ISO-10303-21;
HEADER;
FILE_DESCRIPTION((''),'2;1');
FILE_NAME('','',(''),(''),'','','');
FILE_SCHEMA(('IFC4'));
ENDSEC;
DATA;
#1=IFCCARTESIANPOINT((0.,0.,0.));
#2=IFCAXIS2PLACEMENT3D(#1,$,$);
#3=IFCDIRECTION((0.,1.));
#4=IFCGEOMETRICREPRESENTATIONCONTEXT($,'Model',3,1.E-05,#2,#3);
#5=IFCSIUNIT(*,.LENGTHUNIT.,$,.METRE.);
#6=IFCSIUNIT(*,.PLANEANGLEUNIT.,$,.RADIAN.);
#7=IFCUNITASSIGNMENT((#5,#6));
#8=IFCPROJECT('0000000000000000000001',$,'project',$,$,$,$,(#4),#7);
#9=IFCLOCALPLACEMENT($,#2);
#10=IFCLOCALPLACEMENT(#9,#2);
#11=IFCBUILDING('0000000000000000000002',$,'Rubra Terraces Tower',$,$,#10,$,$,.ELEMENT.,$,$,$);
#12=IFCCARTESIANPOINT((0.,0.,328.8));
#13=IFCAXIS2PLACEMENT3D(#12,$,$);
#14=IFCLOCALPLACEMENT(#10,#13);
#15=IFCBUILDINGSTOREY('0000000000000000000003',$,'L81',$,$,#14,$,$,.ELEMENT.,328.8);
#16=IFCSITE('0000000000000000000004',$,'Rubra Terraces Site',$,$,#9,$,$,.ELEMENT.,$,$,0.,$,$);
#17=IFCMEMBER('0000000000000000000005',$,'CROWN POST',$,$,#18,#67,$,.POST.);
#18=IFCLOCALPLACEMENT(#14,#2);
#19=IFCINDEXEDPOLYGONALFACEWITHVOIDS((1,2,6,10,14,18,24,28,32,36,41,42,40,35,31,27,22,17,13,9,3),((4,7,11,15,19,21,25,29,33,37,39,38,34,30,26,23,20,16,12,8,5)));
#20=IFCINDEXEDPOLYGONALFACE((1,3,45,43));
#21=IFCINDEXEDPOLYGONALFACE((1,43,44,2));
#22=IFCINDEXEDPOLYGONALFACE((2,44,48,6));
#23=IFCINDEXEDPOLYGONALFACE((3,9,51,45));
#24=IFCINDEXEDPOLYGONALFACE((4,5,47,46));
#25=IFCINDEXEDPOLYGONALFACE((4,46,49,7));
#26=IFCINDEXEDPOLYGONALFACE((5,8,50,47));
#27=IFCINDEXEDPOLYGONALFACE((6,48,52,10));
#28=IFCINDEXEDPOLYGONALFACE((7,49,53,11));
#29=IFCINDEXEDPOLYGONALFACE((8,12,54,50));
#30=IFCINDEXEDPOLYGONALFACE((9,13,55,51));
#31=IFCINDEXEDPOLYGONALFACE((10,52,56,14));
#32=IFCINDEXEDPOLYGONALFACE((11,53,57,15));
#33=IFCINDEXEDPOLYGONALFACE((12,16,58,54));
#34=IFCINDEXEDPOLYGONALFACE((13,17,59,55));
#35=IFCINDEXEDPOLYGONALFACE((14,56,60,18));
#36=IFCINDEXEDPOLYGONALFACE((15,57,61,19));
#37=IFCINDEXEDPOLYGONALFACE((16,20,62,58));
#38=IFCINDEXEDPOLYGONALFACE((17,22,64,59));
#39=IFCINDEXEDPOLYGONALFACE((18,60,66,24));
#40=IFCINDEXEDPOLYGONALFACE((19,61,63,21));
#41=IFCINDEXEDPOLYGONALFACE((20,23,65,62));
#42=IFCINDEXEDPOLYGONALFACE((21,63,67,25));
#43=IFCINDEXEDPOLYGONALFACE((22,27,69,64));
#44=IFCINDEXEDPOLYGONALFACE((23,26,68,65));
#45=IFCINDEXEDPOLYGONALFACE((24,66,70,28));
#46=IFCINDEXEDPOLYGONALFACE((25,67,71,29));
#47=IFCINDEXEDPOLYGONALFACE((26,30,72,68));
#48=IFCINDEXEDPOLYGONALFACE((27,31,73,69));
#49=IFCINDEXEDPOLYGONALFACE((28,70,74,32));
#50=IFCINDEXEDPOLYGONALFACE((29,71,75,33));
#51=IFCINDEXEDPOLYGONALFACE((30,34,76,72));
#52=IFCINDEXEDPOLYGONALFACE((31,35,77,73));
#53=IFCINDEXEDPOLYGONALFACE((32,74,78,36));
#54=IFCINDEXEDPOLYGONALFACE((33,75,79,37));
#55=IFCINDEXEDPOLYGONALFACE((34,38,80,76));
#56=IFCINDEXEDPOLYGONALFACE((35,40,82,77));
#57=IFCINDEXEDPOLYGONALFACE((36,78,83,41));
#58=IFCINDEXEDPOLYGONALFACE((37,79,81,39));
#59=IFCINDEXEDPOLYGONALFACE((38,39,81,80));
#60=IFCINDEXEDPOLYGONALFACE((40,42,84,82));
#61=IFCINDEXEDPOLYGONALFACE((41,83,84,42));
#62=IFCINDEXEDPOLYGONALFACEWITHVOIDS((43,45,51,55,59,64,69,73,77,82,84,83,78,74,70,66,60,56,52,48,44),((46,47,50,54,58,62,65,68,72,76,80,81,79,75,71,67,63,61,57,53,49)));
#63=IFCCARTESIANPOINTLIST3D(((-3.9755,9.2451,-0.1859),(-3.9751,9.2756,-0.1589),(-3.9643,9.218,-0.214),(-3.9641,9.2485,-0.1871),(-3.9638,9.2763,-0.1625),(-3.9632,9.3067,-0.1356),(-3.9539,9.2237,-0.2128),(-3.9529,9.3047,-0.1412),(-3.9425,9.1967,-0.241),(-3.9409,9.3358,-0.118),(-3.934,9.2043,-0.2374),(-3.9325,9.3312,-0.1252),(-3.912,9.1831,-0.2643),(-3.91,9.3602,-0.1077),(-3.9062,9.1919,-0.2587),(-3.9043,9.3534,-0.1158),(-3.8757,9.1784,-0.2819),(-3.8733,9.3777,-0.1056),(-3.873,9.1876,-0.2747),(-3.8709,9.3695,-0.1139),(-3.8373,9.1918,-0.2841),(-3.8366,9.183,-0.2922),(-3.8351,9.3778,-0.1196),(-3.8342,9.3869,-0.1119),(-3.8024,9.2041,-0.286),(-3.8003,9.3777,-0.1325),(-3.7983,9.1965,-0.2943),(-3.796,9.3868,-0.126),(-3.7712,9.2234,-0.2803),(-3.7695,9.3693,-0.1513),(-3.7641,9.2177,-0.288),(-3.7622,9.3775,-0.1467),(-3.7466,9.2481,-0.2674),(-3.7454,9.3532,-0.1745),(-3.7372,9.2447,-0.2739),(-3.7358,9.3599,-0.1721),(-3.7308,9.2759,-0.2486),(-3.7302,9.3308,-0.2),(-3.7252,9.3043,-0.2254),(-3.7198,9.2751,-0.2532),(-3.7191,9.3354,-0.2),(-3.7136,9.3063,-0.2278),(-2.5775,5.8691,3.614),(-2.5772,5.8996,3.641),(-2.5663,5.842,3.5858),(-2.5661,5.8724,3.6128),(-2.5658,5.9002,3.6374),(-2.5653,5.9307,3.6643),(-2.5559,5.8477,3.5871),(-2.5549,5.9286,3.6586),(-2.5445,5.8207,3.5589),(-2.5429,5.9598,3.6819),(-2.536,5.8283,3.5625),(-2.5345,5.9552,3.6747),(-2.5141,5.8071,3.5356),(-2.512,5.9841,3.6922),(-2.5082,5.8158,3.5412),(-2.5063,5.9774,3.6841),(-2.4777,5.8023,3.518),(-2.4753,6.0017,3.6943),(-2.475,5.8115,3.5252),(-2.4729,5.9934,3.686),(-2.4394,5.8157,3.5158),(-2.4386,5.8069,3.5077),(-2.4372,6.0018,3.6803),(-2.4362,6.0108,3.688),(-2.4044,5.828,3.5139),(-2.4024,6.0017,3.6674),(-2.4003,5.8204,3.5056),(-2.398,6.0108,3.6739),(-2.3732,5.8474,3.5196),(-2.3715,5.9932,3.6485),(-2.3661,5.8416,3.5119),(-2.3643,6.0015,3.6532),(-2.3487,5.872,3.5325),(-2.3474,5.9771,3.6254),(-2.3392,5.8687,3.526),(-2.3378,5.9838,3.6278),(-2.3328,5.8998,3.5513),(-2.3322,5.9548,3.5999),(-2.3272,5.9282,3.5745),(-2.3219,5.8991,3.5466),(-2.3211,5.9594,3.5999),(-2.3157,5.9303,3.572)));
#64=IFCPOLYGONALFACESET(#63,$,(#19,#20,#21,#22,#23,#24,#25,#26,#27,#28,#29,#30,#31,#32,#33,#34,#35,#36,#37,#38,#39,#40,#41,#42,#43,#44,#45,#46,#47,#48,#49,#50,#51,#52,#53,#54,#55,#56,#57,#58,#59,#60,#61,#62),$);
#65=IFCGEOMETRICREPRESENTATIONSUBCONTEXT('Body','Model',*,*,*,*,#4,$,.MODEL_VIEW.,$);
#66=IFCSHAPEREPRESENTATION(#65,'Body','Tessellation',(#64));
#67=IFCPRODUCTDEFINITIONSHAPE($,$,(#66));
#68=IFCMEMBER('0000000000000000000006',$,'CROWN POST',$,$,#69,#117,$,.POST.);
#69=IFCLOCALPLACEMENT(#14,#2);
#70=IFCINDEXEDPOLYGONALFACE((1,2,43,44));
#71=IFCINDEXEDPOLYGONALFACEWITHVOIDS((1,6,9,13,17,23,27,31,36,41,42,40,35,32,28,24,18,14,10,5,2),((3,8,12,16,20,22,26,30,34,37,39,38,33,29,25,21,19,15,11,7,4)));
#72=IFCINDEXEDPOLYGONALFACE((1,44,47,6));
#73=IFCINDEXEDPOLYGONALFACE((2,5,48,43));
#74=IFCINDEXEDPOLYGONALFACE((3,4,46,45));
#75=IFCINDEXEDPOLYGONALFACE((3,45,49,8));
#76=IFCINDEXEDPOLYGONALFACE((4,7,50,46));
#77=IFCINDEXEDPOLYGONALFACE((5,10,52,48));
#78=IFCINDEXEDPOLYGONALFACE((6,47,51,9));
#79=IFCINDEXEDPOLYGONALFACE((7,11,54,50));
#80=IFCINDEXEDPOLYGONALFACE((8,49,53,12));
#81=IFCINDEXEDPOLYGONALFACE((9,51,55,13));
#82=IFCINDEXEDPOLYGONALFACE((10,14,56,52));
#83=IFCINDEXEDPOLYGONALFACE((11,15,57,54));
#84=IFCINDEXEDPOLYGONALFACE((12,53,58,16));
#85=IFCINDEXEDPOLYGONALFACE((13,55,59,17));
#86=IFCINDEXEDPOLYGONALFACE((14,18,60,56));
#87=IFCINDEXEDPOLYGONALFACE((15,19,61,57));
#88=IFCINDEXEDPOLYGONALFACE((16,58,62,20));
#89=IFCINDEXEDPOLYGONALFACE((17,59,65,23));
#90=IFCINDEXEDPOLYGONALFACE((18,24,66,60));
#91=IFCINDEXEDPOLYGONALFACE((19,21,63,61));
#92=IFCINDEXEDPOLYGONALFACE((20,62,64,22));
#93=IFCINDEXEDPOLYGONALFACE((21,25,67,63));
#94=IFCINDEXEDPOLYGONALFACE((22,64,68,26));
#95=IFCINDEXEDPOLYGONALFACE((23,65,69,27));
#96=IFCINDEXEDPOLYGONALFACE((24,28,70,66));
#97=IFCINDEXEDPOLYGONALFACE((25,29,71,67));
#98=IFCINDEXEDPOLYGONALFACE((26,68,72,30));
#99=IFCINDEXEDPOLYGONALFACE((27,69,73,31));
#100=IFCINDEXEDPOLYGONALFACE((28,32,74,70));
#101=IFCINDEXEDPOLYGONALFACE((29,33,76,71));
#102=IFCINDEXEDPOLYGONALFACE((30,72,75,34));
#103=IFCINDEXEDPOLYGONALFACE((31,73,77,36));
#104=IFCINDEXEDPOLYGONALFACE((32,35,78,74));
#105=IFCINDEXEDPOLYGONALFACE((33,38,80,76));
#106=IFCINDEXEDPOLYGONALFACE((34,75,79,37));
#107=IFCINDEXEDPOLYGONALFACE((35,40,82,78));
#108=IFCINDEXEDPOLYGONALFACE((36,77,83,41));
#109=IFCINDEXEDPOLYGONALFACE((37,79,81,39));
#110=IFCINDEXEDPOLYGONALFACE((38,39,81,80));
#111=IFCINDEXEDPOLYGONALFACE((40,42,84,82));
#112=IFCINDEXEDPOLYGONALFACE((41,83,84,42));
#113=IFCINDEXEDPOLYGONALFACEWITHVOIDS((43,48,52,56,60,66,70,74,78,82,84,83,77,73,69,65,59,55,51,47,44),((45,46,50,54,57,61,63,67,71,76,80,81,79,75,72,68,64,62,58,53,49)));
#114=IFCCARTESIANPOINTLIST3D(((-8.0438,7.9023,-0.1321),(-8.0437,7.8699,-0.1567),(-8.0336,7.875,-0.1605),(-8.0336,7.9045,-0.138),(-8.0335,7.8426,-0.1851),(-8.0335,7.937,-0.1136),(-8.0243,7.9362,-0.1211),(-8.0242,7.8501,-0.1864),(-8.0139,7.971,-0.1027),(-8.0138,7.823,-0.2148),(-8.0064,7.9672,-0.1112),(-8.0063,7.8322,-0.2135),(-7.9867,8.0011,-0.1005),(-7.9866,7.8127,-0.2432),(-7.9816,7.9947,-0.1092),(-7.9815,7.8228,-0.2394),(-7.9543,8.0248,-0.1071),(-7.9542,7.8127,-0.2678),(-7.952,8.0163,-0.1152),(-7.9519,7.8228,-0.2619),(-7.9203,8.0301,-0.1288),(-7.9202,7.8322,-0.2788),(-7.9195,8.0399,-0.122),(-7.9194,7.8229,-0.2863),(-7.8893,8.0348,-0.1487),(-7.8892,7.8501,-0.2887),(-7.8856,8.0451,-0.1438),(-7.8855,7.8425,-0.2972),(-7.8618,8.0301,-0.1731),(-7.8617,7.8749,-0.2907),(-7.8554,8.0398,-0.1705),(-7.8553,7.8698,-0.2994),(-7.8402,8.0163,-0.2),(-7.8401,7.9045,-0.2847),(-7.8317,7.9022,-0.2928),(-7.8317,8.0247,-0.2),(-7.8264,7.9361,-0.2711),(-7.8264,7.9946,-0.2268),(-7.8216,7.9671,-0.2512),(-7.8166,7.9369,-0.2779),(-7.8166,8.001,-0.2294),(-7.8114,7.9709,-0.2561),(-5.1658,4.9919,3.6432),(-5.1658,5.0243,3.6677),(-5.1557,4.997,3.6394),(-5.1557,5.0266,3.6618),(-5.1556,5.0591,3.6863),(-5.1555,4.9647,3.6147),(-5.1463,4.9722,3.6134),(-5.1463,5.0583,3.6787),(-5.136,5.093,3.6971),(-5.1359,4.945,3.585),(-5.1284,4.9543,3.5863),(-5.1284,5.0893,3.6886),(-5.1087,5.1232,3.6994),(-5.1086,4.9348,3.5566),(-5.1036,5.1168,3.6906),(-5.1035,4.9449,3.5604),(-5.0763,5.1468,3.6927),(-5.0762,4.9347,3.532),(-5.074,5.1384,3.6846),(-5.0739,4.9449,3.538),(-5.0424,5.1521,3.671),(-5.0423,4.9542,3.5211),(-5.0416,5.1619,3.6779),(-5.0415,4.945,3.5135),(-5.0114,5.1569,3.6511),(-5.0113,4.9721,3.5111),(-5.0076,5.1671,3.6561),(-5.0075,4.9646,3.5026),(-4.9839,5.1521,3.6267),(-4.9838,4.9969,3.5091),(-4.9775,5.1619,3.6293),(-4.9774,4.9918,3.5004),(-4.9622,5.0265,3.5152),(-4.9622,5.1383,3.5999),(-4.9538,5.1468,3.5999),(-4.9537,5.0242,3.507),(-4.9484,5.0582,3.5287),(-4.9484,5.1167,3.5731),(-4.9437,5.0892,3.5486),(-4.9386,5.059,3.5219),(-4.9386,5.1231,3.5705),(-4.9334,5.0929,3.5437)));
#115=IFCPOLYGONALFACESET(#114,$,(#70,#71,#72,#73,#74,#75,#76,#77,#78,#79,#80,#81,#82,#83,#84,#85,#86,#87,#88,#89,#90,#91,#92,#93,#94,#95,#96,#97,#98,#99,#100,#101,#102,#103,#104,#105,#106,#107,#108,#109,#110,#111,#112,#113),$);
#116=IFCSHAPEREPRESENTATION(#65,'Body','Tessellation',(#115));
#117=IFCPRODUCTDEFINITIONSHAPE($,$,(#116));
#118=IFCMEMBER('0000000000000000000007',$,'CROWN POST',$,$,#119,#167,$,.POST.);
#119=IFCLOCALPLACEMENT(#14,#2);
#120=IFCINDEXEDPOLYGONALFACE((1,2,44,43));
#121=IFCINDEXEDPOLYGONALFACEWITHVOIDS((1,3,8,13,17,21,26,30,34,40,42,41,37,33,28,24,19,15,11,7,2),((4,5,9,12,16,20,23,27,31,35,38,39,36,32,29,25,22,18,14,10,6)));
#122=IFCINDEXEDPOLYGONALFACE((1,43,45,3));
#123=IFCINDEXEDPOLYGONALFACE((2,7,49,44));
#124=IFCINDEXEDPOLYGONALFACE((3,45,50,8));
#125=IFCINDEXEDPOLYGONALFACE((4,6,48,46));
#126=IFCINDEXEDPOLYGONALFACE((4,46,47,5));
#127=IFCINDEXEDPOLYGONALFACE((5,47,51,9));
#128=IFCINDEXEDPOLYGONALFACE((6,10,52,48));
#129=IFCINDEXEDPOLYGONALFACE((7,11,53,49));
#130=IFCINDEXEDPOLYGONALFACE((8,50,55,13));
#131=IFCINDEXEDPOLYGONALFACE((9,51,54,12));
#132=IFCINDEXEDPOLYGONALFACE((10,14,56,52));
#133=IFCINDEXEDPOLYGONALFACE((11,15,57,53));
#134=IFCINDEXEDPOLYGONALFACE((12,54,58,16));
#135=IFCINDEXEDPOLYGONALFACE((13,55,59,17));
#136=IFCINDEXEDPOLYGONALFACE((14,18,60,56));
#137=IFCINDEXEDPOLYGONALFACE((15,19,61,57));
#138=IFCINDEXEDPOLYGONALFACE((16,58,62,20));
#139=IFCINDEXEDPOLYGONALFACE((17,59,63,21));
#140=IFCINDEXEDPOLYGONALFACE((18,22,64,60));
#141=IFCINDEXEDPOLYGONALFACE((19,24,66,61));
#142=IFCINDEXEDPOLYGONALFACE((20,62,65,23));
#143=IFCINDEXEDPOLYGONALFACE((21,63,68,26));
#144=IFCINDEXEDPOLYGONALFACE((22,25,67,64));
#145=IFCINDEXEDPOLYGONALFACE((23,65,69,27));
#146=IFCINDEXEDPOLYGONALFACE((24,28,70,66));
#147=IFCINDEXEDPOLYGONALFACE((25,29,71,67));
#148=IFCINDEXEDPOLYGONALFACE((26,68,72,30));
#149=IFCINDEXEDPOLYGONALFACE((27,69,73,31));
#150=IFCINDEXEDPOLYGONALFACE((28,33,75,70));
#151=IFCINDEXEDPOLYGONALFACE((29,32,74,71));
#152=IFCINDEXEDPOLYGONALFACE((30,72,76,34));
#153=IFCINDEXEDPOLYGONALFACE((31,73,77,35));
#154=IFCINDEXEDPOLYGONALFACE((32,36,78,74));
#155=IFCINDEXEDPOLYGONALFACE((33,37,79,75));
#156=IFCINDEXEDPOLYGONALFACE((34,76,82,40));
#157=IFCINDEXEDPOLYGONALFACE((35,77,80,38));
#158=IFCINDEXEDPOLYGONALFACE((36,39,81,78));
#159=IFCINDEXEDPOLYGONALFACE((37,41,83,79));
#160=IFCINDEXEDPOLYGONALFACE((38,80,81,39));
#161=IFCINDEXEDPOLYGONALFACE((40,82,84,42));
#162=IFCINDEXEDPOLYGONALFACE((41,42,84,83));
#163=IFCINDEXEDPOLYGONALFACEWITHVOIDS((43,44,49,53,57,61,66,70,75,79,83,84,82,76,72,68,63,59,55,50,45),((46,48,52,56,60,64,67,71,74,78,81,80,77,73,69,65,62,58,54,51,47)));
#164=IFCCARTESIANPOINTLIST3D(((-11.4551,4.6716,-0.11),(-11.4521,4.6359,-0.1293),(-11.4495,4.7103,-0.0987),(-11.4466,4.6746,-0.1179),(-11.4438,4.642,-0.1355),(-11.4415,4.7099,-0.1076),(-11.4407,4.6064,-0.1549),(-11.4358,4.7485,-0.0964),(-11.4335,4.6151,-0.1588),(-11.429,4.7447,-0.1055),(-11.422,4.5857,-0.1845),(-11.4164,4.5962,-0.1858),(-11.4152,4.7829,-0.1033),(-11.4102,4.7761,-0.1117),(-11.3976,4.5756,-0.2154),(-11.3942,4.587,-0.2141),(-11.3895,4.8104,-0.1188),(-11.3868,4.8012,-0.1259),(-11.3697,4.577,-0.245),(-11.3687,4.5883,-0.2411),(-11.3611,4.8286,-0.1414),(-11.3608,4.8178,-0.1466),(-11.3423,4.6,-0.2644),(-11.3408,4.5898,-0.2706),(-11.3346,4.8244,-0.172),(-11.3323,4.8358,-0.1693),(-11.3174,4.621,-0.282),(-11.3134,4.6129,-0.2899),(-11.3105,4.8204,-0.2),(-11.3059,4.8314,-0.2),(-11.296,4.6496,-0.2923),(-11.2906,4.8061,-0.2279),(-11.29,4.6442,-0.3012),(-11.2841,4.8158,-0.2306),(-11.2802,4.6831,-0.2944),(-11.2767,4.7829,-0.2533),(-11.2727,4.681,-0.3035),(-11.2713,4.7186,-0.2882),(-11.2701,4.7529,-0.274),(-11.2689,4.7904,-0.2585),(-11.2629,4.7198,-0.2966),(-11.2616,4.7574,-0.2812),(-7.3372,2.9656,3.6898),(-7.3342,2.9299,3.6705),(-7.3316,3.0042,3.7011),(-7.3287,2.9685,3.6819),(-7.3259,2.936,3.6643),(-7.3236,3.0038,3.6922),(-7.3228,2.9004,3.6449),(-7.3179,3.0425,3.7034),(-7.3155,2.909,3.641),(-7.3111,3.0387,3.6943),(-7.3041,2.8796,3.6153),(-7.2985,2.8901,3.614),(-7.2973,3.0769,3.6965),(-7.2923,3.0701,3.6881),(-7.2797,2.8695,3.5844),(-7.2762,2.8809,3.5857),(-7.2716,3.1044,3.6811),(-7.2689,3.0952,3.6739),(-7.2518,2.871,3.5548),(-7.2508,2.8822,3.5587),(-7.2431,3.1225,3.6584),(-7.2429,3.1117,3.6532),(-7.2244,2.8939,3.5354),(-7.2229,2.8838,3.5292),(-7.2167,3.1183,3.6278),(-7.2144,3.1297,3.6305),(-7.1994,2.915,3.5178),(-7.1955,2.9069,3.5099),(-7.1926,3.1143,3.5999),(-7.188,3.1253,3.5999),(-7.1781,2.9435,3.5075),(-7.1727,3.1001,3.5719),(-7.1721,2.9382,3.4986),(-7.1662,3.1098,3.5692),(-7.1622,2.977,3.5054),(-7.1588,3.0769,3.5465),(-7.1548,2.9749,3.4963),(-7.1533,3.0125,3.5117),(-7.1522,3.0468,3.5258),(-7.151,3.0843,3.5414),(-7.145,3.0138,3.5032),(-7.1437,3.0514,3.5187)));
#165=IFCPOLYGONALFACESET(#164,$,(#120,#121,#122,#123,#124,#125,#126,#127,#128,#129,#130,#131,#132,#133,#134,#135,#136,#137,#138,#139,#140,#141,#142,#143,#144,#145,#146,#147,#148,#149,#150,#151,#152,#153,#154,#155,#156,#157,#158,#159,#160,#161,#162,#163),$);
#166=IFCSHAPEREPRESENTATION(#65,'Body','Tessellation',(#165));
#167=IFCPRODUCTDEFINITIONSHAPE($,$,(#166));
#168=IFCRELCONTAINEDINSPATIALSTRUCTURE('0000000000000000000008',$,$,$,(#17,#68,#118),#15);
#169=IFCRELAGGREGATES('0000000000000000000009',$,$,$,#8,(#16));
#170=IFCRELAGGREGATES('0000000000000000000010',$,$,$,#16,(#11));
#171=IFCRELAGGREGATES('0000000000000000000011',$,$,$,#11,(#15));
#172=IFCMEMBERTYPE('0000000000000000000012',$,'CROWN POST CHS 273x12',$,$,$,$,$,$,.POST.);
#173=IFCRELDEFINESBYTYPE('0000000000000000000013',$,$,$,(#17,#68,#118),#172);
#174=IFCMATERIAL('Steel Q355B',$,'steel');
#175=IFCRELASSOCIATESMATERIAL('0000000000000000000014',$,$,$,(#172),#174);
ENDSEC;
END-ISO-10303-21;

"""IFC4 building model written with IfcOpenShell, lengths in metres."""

from ifc_helpers import new_model, si_unit, direction, frame, origin, origin_2d, place, context, subcontext, project, spatial, hollow_circle, extrude, material, material_profile, profile_set, type_object, element, save


model = new_model("IFC4")

# Units and contexts
model_context = context("Model", 3, precision=1e-05, world=origin(), true_north=direction((0.0, 1.0)))
body_context = subcontext(model_context, "Body", "Model", "MODEL_VIEW")
ifc_project = project(units=[si_unit("LENGTHUNIT", "METRE"), si_unit("PLANEANGLEUNIT", "RADIAN")], contexts=[model_context])

# Site, building, storey
site_placement = place(None, origin())
site = spatial("IfcSite", under=ifc_project, at=site_placement, Name="Rubra Terraces Site", CompositionType="ELEMENT", RefElevation=0.0)
building_placement = place(site_placement, origin())
building = spatial("IfcBuilding", under=site, at=building_placement, Name="Rubra Terraces Tower", CompositionType="ELEMENT")
storey_placement = place(building_placement, frame((0.0, 0.0, 328.8)))
storey = spatial("IfcBuildingStorey", under=building, at=storey_placement, Name="L81", CompositionType="ELEMENT", Elevation=328.8)

# Members
ifc_material_1 = material(Name="Steel Q355B", Category="steel")
ifc_material_profile_1 = material_profile(ifc_material_1, hollow_circle(Radius=0.1365, WallThickness=0.012, at=origin_2d()), Name="CHS 273x12")
ifc_profile_set_1 = profile_set([ifc_material_profile_1], Name="Steel Q355B")
member_type_1 = type_object("IfcMemberType", Name="CROWN POST CHS 273x12", PredefinedType="POST", material=ifc_profile_set_1)
member_1_placement = place(storey_placement, frame((-3.8452, 9.2832, -0.2), z_axis=(0.265184, -0.640406, 0.720804), x_axis=(0.923921, 0.382584, 0.0)))
element("IfcMember", 1, at=member_1_placement, inside=storey, type_object=member_type_1, Name="CROWN POST", PredefinedType="POST", context=body_context, shape_type="SweptSolid", body=[
    extrude(hollow_circle(Radius=0.1365, WallThickness=0.012, at=origin_2d()), origin(), (0.0, 0.0, 1.0), 5.2717),
])
member_2_placement = place(storey_placement, frame((-7.9282, 7.9282, -0.2), z_axis=(0.516862, -0.516862, 0.682427), x_axis=(0.707107, 0.707107, 0.0)))
element("IfcMember", 2, at=member_2_placement, inside=storey, type_object=member_type_1, Name="CROWN POST", PredefinedType="POST", context=body_context, shape_type="SweptSolid", body=[
    extrude(hollow_circle(Radius=0.1365, WallThickness=0.012, at=origin_2d()), origin(), (0.0, 0.0, 1.0), 5.5681),
])
member_3_placement = place(storey_placement, frame((-11.3582, 4.7053, -0.2), z_axis=(0.703057, -0.291276, 0.648744), x_axis=(0.382752, 0.923851, 0.0)))
element("IfcMember", 3, at=member_3_placement, inside=storey, type_object=member_type_1, Name="CROWN POST", PredefinedType="POST", context=body_context, shape_type="SweptSolid", body=[
    extrude(hollow_circle(Radius=0.1365, WallThickness=0.012, at=origin_2d()), origin(), (0.0, 0.0, 1.0), 5.8572),
])

save(model, "model.ifc")
